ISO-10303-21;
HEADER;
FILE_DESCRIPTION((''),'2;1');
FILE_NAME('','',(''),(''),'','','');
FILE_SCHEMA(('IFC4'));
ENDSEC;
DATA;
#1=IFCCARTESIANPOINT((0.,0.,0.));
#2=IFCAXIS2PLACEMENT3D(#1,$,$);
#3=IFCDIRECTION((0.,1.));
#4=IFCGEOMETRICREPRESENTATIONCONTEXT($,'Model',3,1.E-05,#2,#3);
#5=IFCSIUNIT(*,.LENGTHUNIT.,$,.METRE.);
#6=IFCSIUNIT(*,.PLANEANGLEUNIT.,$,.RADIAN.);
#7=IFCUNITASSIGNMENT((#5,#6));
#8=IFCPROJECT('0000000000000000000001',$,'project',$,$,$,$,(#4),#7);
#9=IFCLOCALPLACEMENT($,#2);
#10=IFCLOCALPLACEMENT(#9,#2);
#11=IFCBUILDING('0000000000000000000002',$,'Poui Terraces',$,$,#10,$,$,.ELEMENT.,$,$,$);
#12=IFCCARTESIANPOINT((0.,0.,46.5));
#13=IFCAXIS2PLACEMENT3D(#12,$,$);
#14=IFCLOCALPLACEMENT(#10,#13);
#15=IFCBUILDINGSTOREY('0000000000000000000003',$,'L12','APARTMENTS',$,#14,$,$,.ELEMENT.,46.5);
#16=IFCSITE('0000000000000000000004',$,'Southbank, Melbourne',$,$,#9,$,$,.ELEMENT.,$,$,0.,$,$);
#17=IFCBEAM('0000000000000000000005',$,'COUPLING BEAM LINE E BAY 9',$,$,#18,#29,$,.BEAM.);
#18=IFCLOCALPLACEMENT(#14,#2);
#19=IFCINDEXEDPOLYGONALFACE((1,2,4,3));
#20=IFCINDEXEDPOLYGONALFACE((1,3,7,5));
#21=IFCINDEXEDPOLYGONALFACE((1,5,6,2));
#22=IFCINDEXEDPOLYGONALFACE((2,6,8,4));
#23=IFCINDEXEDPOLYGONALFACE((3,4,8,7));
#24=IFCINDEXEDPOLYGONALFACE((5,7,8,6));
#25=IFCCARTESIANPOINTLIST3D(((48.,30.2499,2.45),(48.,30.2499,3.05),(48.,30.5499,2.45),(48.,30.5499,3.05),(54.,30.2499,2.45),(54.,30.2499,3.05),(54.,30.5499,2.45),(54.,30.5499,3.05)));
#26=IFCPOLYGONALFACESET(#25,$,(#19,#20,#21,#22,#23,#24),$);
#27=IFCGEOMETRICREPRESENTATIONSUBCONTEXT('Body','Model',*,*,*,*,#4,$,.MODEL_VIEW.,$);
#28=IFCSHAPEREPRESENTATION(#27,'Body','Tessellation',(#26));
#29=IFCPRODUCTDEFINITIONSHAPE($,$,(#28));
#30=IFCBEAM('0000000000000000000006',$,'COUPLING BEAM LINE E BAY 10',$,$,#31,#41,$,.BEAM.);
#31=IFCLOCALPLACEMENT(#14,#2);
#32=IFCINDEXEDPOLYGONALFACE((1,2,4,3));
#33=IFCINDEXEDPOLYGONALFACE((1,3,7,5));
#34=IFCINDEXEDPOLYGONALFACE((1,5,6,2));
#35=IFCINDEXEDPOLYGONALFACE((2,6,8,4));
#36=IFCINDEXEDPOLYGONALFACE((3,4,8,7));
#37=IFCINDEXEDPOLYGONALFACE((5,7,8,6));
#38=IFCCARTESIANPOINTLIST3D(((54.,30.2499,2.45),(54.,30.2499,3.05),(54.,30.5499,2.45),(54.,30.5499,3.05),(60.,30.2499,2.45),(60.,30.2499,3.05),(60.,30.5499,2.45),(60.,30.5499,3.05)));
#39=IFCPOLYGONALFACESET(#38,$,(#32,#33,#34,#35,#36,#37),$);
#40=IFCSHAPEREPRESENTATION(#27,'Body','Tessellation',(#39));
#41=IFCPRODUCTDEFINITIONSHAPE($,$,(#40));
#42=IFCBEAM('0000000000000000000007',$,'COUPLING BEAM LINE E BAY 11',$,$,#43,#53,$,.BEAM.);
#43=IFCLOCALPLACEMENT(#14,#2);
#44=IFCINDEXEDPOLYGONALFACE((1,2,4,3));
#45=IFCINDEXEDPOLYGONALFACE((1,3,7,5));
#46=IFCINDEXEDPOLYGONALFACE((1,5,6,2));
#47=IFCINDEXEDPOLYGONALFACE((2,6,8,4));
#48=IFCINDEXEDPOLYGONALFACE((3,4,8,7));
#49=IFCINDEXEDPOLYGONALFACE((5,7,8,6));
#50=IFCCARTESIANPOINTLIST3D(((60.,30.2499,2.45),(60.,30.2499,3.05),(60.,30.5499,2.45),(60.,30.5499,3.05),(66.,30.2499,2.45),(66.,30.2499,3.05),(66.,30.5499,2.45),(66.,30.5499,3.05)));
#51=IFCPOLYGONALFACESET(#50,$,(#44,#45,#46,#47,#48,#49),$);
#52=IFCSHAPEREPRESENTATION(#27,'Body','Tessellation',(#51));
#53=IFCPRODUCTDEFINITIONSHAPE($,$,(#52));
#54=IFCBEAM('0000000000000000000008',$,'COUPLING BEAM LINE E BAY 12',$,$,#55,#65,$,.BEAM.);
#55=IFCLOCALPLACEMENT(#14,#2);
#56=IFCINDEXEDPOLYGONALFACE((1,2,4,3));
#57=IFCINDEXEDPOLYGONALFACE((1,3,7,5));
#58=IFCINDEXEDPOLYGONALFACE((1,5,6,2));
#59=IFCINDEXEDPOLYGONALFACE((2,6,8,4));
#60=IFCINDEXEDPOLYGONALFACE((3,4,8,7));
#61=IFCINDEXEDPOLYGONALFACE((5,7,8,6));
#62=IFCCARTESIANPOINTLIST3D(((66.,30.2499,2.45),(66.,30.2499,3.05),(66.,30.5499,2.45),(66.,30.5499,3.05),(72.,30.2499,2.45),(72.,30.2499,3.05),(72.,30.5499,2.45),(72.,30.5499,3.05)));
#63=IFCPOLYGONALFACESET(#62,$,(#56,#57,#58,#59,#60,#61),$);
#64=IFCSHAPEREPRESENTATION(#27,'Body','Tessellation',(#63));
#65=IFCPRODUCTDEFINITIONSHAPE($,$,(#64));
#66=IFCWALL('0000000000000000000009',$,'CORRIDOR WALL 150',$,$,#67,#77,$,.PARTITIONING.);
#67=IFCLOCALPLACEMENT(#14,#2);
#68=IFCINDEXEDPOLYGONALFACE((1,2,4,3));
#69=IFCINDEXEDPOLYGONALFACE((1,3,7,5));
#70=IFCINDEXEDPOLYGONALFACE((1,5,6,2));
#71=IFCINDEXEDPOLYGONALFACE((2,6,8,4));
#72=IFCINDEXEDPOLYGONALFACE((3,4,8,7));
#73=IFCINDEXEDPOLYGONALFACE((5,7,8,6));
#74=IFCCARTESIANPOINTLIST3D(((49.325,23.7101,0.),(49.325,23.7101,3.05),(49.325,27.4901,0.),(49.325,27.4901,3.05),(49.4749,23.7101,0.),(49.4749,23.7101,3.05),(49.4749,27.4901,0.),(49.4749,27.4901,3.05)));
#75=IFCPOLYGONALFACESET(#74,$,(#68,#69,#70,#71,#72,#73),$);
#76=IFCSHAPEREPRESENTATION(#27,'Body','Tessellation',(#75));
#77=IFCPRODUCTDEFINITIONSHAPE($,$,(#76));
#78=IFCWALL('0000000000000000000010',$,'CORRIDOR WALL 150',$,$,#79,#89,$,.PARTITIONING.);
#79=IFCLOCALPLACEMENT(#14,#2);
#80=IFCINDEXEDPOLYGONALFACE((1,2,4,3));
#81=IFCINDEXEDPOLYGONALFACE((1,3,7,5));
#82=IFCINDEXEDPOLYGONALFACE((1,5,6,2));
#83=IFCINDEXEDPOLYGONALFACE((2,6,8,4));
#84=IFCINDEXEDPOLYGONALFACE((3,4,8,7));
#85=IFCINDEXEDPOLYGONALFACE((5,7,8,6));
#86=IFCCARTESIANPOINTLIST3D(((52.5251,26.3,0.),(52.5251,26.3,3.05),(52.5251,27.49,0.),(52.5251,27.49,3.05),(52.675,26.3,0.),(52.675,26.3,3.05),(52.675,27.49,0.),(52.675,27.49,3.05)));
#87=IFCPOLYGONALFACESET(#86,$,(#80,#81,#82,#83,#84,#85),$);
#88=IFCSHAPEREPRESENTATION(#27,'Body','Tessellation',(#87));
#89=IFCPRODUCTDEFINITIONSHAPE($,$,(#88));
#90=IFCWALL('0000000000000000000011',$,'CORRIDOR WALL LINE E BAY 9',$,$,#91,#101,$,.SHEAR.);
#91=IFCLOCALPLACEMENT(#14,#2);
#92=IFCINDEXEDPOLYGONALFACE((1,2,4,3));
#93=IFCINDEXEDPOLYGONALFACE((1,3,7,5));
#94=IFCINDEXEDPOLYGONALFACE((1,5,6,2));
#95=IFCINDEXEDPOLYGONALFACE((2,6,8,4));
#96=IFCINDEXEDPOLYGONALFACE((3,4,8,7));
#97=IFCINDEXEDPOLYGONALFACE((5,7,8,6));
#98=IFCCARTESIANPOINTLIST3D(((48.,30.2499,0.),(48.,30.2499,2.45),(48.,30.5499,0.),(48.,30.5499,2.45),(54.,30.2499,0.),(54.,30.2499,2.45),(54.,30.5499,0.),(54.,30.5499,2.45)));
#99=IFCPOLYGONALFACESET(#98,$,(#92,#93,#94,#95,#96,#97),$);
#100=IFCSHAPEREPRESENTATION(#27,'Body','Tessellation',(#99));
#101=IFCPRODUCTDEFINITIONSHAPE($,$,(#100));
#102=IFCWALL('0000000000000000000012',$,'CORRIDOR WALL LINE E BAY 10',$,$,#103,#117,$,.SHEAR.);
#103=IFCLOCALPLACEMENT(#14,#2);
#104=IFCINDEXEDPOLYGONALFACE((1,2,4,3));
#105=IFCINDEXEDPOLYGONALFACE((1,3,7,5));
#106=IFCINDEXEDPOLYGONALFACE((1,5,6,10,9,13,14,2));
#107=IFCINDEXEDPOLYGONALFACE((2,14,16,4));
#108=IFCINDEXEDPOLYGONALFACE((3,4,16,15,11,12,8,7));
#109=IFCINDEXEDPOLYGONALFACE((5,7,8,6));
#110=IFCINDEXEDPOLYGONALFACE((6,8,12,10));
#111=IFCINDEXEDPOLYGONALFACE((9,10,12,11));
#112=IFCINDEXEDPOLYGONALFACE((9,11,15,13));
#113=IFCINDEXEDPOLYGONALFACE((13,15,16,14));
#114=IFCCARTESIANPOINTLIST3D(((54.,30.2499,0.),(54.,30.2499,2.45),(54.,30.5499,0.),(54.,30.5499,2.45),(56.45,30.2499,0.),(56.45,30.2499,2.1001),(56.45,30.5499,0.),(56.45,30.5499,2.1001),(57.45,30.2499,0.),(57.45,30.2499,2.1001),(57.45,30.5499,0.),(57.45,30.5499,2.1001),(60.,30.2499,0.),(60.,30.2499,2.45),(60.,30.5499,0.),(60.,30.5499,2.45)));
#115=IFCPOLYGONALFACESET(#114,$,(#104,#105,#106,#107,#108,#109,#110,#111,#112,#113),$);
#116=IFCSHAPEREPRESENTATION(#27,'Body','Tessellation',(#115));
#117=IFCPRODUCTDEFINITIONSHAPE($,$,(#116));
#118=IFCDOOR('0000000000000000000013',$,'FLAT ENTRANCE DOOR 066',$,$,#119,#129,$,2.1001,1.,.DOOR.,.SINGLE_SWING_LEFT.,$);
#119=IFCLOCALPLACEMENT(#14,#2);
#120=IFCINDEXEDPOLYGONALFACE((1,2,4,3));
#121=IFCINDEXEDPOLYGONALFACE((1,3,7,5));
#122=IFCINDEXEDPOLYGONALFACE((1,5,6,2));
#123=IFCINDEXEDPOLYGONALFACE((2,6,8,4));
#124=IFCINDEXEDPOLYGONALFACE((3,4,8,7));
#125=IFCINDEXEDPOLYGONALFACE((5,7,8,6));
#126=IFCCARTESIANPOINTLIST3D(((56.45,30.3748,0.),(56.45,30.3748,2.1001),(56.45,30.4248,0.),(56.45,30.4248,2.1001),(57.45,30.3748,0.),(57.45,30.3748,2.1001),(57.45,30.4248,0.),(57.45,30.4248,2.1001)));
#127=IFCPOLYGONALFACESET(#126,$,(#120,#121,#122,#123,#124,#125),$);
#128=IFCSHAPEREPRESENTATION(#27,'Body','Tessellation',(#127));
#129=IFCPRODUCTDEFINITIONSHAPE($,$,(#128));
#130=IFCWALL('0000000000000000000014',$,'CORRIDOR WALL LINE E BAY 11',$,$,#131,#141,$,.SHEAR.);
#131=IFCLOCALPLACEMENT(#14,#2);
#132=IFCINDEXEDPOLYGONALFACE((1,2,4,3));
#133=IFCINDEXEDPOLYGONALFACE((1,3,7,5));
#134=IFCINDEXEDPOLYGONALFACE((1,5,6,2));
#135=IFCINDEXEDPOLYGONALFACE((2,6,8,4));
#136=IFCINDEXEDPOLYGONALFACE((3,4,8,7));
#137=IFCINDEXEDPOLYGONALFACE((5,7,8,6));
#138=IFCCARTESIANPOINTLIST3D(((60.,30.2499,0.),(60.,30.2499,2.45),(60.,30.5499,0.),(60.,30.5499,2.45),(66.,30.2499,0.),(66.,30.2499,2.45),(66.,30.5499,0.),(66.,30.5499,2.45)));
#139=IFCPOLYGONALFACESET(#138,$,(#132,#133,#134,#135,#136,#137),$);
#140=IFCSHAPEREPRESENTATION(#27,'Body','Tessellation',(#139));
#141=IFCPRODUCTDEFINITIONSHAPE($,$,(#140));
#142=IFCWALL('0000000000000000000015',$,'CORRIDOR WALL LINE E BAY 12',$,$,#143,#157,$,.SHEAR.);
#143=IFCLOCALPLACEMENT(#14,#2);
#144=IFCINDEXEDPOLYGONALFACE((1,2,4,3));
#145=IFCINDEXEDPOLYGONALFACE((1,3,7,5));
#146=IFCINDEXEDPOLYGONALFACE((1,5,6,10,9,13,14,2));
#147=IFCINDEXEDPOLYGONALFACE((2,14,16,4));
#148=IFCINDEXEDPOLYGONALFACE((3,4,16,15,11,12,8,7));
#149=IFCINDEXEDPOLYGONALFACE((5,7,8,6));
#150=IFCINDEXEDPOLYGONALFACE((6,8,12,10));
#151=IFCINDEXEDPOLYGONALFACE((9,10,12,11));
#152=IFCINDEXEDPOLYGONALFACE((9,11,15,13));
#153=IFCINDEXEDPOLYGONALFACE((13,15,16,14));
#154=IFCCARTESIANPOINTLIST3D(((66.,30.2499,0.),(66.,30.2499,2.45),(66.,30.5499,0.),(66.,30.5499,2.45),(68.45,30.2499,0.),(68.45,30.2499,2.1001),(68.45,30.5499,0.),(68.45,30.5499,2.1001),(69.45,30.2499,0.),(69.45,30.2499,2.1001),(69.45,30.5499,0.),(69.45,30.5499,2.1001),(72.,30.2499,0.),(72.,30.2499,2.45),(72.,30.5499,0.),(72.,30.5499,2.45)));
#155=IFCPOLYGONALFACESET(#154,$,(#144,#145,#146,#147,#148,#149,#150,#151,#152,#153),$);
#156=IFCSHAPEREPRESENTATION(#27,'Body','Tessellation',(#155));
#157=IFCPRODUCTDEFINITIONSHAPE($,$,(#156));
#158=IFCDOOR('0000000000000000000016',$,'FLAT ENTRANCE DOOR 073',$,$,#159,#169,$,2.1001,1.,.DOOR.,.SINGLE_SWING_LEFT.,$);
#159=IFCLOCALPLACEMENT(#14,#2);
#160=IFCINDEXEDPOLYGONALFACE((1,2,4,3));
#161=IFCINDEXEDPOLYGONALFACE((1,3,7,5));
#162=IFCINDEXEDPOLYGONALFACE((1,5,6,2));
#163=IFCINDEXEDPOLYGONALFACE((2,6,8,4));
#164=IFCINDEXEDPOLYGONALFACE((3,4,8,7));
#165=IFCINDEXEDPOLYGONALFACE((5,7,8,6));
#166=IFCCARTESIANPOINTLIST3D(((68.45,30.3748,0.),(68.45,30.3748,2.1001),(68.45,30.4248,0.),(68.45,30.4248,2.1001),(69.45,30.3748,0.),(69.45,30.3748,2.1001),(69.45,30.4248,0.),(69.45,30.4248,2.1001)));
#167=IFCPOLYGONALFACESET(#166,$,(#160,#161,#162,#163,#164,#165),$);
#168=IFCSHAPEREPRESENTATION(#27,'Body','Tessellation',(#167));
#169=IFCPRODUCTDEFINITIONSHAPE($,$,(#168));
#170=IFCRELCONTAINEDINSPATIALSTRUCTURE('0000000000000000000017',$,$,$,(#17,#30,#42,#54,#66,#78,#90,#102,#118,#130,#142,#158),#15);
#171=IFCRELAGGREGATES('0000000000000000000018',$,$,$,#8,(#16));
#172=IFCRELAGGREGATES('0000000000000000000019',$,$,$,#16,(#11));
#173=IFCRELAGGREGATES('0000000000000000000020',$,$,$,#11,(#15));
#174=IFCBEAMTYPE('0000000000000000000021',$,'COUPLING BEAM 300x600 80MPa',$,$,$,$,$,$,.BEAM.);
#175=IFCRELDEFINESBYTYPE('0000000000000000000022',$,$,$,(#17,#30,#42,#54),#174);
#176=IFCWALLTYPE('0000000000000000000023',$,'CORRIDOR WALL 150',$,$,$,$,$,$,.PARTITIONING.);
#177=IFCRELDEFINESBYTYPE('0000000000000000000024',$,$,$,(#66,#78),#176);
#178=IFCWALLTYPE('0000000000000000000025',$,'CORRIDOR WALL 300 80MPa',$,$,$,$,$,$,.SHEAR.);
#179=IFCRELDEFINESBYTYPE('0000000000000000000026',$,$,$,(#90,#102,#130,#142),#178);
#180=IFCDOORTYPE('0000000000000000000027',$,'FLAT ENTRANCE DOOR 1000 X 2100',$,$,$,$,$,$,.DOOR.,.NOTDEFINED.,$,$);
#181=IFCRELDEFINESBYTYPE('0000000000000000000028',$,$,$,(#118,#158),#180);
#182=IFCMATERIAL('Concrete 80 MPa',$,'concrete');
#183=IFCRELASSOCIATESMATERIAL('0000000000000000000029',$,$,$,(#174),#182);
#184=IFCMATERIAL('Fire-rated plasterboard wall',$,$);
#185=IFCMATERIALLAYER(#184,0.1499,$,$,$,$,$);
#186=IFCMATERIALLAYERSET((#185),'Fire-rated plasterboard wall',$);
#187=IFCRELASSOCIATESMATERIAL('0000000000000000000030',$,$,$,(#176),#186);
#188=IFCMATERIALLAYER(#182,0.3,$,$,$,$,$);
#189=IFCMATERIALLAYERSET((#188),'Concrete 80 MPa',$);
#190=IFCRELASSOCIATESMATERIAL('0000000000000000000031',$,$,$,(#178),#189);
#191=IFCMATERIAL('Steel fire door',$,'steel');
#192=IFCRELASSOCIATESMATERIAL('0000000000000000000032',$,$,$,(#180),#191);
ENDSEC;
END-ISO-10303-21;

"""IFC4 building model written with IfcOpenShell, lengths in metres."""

from ifc_helpers import new_model, si_unit, direction, frame, frame_2d, origin, origin_2d, place, context, subcontext, project, spatial, rectangle, extrude, source, transform, mapped, material, layer, layer_set, material_profile, profile_set, type_object, element, fill, save


model = new_model("IFC4")

# Units and contexts
model_context = context("Model", 3, precision=1e-05, world=origin(), true_north=direction((0.0, 1.0)))
body_context = subcontext(model_context, "Body", "Model", "MODEL_VIEW")
ifc_project = project(units=[si_unit("LENGTHUNIT", "METRE"), si_unit("PLANEANGLEUNIT", "RADIAN")], contexts=[model_context])

# Site, building, storey
site_placement = place(None, origin())
site = spatial("IfcSite", under=ifc_project, at=site_placement, Name="Southbank, Melbourne", CompositionType="ELEMENT", RefElevation=0.0)
building_placement = place(site_placement, origin())
building = spatial("IfcBuilding", under=site, at=building_placement, Name="Poui Terraces", CompositionType="ELEMENT")
storey_placement = place(building_placement, frame((0.0, 0.0, 46.5)))
storey = spatial("IfcBuildingStorey", under=building, at=storey_placement, Name="L12", Description="APARTMENTS", CompositionType="ELEMENT", Elevation=46.5)

# Beams
ifc_material_1 = material(Name="Concrete 80 MPa", Category="concrete")
ifc_material_profile = material_profile(ifc_material_1, rectangle(XDim=0.3, YDim=0.6001, at=origin_2d()), Name="RC 300x600")
ifc_profile_set = profile_set([ifc_material_profile], Name="Concrete 80 MPa")
beam_type = type_object("IfcBeamType", Name="COUPLING BEAM 300x600 80MPa", PredefinedType="BEAM", material=ifc_profile_set)
shared_shape = source(origin(), body_context, "Body", "SweptSolid", [
    extrude(rectangle(XDim=0.3, YDim=0.6001, at=origin_2d()), origin(), (0.0, 0.0, 1.0), 6.0),
])
for number, where, z_axis, x_axis, name in (
    (1, (48.0, 30.3999, 2.75), (1.0, 0.0, 0.0), (0.0, 1.0, 0.0), "COUPLING BEAM LINE E BAY 9"),
    (2, (54.0, 30.3999, 2.75), (1.0, 0.0, 0.0), (0.0, 1.0, 0.0), "COUPLING BEAM LINE E BAY 10"),
    (3, (60.0, 30.3999, 2.75), (1.0, 0.0, 0.0), (0.0, 1.0, 0.0), "COUPLING BEAM LINE E BAY 11"),
    (4, (66.0, 30.3999, 2.75), (1.0, 0.0, 0.0), (0.0, 1.0, 0.0), "COUPLING BEAM LINE E BAY 12"),
):
    element("IfcBeam", number, at=place(storey_placement, frame(where, z_axis=z_axis, x_axis=x_axis)), inside=storey, type_object=beam_type, Name=name, PredefinedType="BEAM", context=body_context, shape_type="MappedRepresentation", body=[
        mapped(shared_shape, transform((0.0, 0.0, 0.0))),
    ])

# Walls
ifc_material_2 = material(Name="Fire-rated plasterboard wall")
ifc_layer_1 = layer(ifc_material_2, 0.1499)
ifc_layer_set_1 = layer_set([ifc_layer_1], Name="Fire-rated plasterboard wall")
wall_type_1 = type_object("IfcWallType", Name="CORRIDOR WALL 150", PredefinedType="PARTITIONING", material=ifc_layer_set_1)
wall_1_placement = place(storey_placement, frame((49.3999, 23.71, 0.0), z_axis=(0.0, 0.0, 1.0), x_axis=(0.0, 1.0, 0.0)))
element("IfcWall", 5, at=wall_1_placement, inside=storey, type_object=wall_type_1, Name="CORRIDOR WALL 150", PredefinedType="PARTITIONING", context=body_context, shape_type="SweptSolid", body=[
    extrude(rectangle(XDim=3.78, YDim=0.1499, at=frame_2d((1.8901, 0.0))), origin(), (0.0, 0.0, 1.0), 3.05),
])
wall_2_placement = place(storey_placement, frame((52.6001, 26.3, 0.0), z_axis=(0.0, 0.0, 1.0), x_axis=(0.0, 1.0, 0.0)))
element("IfcWall", 6, at=wall_2_placement, inside=storey, type_object=wall_type_1, Name="CORRIDOR WALL 150", PredefinedType="PARTITIONING", context=body_context, shape_type="SweptSolid", body=[
    extrude(rectangle(XDim=1.1899, YDim=0.1499, at=frame_2d((0.595, 0.0))), origin(), (0.0, 0.0, 1.0), 3.05),
])
ifc_layer_2 = layer(ifc_material_1, 0.3)
ifc_layer_set_2 = layer_set([ifc_layer_2], Name="Concrete 80 MPa")
wall_type_2 = type_object("IfcWallType", Name="CORRIDOR WALL 300 80MPa", PredefinedType="SHEAR", material=ifc_layer_set_2)
wall_3_placement = place(storey_placement, frame((48.0, 30.3999, 0.0), z_axis=(0.0, 0.0, 1.0), x_axis=(1.0, 0.0, 0.0)))
element("IfcWall", 7, at=wall_3_placement, inside=storey, type_object=wall_type_2, Name="CORRIDOR WALL LINE E BAY 9", PredefinedType="SHEAR", context=body_context, shape_type="SweptSolid", body=[
    extrude(rectangle(XDim=6.0, YDim=0.3, at=frame_2d((3.0, 0.0))), origin(), (0.0, 0.0, 1.0), 2.45),
])

# Wall, opening, door
wall_4_placement = place(storey_placement, frame((54.0, 30.3999, 0.0), z_axis=(0.0, 0.0, 1.0), x_axis=(1.0, 0.0, 0.0)))
wall_4 = element("IfcWall", 8, at=wall_4_placement, inside=storey, type_object=wall_type_2, Name="CORRIDOR WALL LINE E BAY 10", PredefinedType="SHEAR", context=body_context, shape_type="SweptSolid", body=[
    extrude(rectangle(XDim=6.0, YDim=0.3, at=frame_2d((3.0, 0.0))), origin(), (0.0, 0.0, 1.0), 2.45),
])
opening_1_placement = place(wall_4_placement, frame((2.45, 0.0, 0.0)))
opening_1 = element("IfcOpeningElement", 9, at=opening_1_placement, cuts=wall_4, PredefinedType="OPENING", context=body_context, shape_type="SweptSolid", body=[
    extrude(rectangle(XDim=1.0, YDim=2.1001, at=frame_2d((0.5, 1.05))), frame((0.0, 0.1602, 0.0), z_axis=(0.0, -1.0, 0.0), x_axis=(1.0, 0.0, 0.0)), (0.0, 0.0, 1.0), 0.3201),
])
ifc_material_3 = material(Name="Steel fire door", Category="steel")
door_type_1 = type_object("IfcDoorType", Name="FLAT ENTRANCE DOOR 1000 X 2100", OperationType="NOTDEFINED", PredefinedType="DOOR", material=ifc_material_3)
door_1_placement = place(opening_1_placement, origin())
door_1 = element("IfcDoor", 10, at=door_1_placement, inside=storey, type_object=door_type_1, Name="FLAT ENTRANCE DOOR 066", OperationType="SINGLE_SWING_LEFT", OverallHeight=2.1001, OverallWidth=1.0, PredefinedType="DOOR", context=body_context, shape_type="SweptSolid", body=[
    extrude(rectangle(XDim=1.0, YDim=2.1001, at=frame_2d((0.5, 1.05))), frame((0.0, 0.0249, 0.0), z_axis=(0.0, -1.0, 0.0), x_axis=(1.0, 0.0, 0.0)), (0.0, 0.0, 1.0), 0.05),
])
fill(opening_1, door_1)

# Wall
wall_5_placement = place(storey_placement, frame((60.0, 30.3999, 0.0), z_axis=(0.0, 0.0, 1.0), x_axis=(1.0, 0.0, 0.0)))
element("IfcWall", 11, at=wall_5_placement, inside=storey, type_object=wall_type_2, Name="CORRIDOR WALL LINE E BAY 11", PredefinedType="SHEAR", context=body_context, shape_type="SweptSolid", body=[
    extrude(rectangle(XDim=6.0, YDim=0.3, at=frame_2d((3.0, 0.0))), origin(), (0.0, 0.0, 1.0), 2.45),
])

# Wall, opening, door
wall_6_placement = place(storey_placement, frame((66.0, 30.3999, 0.0), z_axis=(0.0, 0.0, 1.0), x_axis=(1.0, 0.0, 0.0)))
wall_6 = element("IfcWall", 12, at=wall_6_placement, inside=storey, type_object=wall_type_2, Name="CORRIDOR WALL LINE E BAY 12", PredefinedType="SHEAR", context=body_context, shape_type="SweptSolid", body=[
    extrude(rectangle(XDim=6.0, YDim=0.3, at=frame_2d((3.0, 0.0))), origin(), (0.0, 0.0, 1.0), 2.45),
])
opening_2_placement = place(wall_6_placement, frame((2.45, 0.0, 0.0)))
opening_2 = element("IfcOpeningElement", 13, at=opening_2_placement, cuts=wall_6, PredefinedType="OPENING", context=body_context, shape_type="SweptSolid", body=[
    extrude(rectangle(XDim=1.0, YDim=2.1001, at=frame_2d((0.5, 1.05))), frame((0.0, 0.1602, 0.0), z_axis=(0.0, -1.0, 0.0), x_axis=(1.0, 0.0, 0.0)), (0.0, 0.0, 1.0), 0.3201),
])
door_2_placement = place(opening_2_placement, origin())
door_2 = element("IfcDoor", 14, at=door_2_placement, inside=storey, type_object=door_type_1, Name="FLAT ENTRANCE DOOR 073", OperationType="SINGLE_SWING_LEFT", OverallHeight=2.1001, OverallWidth=1.0, PredefinedType="DOOR", context=body_context, shape_type="SweptSolid", body=[
    extrude(rectangle(XDim=1.0, YDim=2.1001, at=frame_2d((0.5, 1.05))), frame((0.0, 0.0249, 0.0), z_axis=(0.0, -1.0, 0.0), x_axis=(1.0, 0.0, 0.0)), (0.0, 0.0, 1.0), 0.05),
])
fill(opening_2, door_2)

save(model, "model.ifc")
